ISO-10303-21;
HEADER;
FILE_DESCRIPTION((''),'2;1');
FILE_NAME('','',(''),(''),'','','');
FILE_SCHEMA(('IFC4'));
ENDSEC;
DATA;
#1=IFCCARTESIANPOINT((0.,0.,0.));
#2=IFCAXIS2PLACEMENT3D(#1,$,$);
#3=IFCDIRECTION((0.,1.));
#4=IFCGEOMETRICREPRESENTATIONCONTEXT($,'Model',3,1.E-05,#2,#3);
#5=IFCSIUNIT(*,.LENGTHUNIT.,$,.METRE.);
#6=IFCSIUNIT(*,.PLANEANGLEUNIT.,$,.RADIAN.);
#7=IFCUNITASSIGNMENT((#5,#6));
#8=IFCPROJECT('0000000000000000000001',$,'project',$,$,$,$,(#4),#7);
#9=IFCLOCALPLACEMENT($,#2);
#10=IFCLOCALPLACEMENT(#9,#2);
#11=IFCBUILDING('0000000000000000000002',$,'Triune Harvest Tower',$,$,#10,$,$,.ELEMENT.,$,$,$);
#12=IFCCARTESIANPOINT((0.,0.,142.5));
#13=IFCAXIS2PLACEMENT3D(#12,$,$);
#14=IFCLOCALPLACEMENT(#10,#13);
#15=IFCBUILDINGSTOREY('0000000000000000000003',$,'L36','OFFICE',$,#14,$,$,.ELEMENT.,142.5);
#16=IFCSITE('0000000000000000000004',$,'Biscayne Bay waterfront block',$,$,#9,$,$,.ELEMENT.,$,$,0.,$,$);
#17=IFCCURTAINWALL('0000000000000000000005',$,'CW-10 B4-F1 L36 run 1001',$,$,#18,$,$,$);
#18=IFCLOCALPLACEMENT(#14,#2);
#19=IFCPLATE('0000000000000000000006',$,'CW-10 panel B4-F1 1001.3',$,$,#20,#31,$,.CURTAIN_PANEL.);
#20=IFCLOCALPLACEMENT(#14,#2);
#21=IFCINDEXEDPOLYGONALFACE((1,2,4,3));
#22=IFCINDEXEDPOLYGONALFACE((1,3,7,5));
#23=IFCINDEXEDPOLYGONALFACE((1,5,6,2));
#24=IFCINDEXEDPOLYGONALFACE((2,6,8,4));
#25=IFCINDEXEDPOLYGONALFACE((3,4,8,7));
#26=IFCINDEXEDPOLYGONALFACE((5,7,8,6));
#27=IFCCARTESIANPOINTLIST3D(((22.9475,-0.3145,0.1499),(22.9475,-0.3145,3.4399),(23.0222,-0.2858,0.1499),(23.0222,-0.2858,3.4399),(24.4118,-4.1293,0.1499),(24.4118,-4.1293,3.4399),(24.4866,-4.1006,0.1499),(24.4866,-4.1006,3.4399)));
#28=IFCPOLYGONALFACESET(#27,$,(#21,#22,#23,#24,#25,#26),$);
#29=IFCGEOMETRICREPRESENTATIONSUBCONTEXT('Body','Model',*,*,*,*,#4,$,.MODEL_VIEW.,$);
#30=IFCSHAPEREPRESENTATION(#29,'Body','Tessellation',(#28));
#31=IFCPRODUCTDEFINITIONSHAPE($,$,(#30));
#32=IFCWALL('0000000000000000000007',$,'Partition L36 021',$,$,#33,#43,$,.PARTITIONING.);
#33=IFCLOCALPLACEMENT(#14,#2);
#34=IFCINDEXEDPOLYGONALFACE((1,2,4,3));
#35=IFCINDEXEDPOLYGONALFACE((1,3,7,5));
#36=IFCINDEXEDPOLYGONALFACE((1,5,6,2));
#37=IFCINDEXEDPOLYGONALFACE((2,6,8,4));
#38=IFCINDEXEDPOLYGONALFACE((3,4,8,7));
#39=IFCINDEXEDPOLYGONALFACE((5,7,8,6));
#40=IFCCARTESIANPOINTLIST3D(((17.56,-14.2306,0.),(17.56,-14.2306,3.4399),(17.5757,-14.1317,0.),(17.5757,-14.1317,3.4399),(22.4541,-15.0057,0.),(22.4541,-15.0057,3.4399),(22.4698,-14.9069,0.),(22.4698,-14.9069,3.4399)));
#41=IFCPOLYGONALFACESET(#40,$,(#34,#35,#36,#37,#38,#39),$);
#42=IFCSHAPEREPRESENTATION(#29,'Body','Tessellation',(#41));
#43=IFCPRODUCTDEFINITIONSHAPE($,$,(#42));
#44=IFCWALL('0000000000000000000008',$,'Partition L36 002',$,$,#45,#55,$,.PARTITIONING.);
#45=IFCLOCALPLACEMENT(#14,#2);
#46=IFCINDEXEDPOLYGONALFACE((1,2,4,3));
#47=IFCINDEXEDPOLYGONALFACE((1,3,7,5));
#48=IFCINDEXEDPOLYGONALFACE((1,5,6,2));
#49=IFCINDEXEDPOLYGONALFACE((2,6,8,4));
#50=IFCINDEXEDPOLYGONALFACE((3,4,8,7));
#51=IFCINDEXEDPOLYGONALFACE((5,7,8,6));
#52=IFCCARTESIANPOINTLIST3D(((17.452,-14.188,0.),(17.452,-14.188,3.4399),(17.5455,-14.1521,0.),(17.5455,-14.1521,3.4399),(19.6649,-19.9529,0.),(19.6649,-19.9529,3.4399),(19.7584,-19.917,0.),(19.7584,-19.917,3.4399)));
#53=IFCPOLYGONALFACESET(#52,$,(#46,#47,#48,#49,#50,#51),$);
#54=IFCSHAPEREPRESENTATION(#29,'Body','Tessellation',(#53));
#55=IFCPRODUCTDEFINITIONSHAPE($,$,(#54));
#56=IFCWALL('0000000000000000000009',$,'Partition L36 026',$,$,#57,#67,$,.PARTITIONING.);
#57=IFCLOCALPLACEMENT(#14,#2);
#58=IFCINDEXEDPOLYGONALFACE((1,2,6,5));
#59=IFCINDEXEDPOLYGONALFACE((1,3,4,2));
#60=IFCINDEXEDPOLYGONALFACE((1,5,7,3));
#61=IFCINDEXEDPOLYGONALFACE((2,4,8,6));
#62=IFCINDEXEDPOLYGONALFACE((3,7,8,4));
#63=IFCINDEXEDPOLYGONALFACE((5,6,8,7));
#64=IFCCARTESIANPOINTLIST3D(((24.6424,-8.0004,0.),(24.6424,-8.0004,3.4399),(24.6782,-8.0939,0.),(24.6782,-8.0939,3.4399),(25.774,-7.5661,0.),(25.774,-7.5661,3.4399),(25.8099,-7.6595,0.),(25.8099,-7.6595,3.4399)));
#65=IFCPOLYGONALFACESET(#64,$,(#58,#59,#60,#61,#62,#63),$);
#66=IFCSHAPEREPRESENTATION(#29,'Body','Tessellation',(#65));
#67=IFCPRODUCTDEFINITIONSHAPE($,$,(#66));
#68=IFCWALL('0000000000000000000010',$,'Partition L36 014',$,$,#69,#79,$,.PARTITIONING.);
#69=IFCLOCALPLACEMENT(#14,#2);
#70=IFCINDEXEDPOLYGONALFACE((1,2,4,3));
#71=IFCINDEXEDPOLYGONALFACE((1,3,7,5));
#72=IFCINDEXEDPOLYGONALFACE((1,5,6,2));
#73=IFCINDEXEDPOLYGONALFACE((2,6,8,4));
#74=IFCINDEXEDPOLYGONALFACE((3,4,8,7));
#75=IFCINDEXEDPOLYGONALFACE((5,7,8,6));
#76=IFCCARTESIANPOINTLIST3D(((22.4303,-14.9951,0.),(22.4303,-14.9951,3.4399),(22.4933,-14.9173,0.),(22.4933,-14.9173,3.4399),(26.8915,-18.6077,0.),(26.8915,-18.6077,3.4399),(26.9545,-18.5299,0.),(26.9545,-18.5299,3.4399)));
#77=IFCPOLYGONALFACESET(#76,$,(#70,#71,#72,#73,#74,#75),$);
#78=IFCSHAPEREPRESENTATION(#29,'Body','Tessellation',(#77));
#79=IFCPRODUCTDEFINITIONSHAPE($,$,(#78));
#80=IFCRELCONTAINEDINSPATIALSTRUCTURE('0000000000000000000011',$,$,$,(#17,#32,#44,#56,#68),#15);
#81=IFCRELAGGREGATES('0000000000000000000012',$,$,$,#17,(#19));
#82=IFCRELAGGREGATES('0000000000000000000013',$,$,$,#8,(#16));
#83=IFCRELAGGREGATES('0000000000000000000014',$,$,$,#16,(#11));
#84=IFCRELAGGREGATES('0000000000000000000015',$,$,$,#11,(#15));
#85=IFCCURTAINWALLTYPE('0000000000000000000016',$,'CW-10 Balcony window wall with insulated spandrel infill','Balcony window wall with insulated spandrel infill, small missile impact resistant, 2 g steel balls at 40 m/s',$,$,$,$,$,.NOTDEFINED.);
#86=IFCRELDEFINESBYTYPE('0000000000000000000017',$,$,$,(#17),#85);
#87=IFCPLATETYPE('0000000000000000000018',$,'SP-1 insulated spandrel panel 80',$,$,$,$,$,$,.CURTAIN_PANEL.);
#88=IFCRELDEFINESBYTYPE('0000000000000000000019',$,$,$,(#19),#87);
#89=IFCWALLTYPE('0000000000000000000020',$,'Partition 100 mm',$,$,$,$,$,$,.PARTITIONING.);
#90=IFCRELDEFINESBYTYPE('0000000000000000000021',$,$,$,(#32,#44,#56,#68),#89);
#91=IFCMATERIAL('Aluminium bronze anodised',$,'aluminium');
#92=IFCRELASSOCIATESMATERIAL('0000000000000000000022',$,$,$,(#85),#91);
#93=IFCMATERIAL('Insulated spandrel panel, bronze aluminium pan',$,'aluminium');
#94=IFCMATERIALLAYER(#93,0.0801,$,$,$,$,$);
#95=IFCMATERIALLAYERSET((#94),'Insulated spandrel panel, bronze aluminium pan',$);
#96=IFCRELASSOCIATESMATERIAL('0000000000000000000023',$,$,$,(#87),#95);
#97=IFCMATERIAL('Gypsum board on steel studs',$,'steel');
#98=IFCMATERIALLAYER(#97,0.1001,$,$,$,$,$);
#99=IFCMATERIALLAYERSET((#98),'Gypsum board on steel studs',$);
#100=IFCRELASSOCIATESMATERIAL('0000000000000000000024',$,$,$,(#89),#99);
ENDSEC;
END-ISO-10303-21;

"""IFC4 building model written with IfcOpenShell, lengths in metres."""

from ifc_helpers import new_model, si_unit, direction, frame, frame_2d, origin, origin_2d, place, context, subcontext, project, spatial, rectangle, extrude, source, transform, mapped, material, layer, layer_set, type_object, element, aggregate, save


model = new_model("IFC4")

# Units and contexts
model_context = context("Model", 3, precision=1e-05, world=origin(), true_north=direction((0.0, 1.0)))
body_context = subcontext(model_context, "Body", "Model", "MODEL_VIEW")
ifc_project = project(units=[si_unit("LENGTHUNIT", "METRE"), si_unit("PLANEANGLEUNIT", "RADIAN")], contexts=[model_context])

# Site, building, storey
site_placement = place(None, origin())
site = spatial("IfcSite", under=ifc_project, at=site_placement, Name="Biscayne Bay waterfront block", CompositionType="ELEMENT", RefElevation=0.0)
building_placement = place(site_placement, origin())
building = spatial("IfcBuilding", under=site, at=building_placement, Name="Triune Harvest Tower", CompositionType="ELEMENT")
storey_placement = place(building_placement, frame((0.0, 0.0, 142.5)))
storey = spatial("IfcBuildingStorey", under=building, at=storey_placement, Name="L36", Description="OFFICE", CompositionType="ELEMENT", Elevation=142.5)

# Curtain wall
ifc_material_1 = material(Name="Aluminium bronze anodised", Category="aluminium")
curtain_wall_type_1 = type_object("IfcCurtainWallType", Name="CW-10 Balcony window wall with insulated spandrel infill", Description="Balcony window wall with insulated spandrel infill, small missile impact resistant, 2 g steel balls at 40 m/s", PredefinedType="NOTDEFINED", material=ifc_material_1)
curtain_wall_1_placement = place(storey_placement, origin())
curtain_wall_1 = element("IfcCurtainWall", 1, at=curtain_wall_1_placement, inside=storey, type_object=curtain_wall_type_1, Name="CW-10 B4-F1 L36 run 1001")

# Plate
ifc_material_2 = material(Name="Insulated spandrel panel, bronze aluminium pan", Category="aluminium")
ifc_layer_1 = layer(ifc_material_2, 0.0801)
ifc_layer_set_1 = layer_set([ifc_layer_1], Name="Insulated spandrel panel, bronze aluminium pan")
plate_type_1 = type_object("IfcPlateType", Name="SP-1 insulated spandrel panel 80", PredefinedType="CURTAIN_PANEL", material=ifc_layer_set_1)
shared_shape_1 = source(origin(), body_context, "Body", "SweptSolid", [
    extrude(rectangle(XDim=4.0862, YDim=0.0801, at=origin_2d()), origin(), (0.0, 0.0, 1.0), 3.29),
])
plate_1_placement = place(storey_placement, frame((23.717, -2.2075, 0.1499), z_axis=(0.0, 0.0, 1.0), x_axis=(-0.358371, 0.933579, 0.0)))
plate_1 = element("IfcPlate", 2, at=plate_1_placement, type_object=plate_type_1, Name="CW-10 panel B4-F1 1001.3", PredefinedType="CURTAIN_PANEL", context=body_context, shape_type="MappedRepresentation", body=[
    mapped(shared_shape_1, transform((0.0, 0.0, 0.0), scale=1.0)),
])
aggregate(curtain_wall_1, [plate_1])

# Walls
ifc_material_3 = material(Name="Gypsum board on steel studs", Category="steel")
ifc_layer_2 = layer(ifc_material_3, 0.1001)
ifc_layer_set_2 = layer_set([ifc_layer_2], Name="Gypsum board on steel studs")
wall_type = type_object("IfcWallType", Name="Partition 100 mm", PredefinedType="PARTITIONING", material=ifc_layer_set_2)
wall_1_placement = place(storey_placement, frame((17.5679, -14.1812, 0.0), z_axis=(0.0, 0.0, 1.0), x_axis=(0.987688, -0.156436, 0.0)))
element("IfcWall", 3, at=wall_1_placement, inside=storey, type_object=wall_type, Name="Partition L36 021", PredefinedType="PARTITIONING", context=body_context, shape_type="SweptSolid", body=[
    extrude(rectangle(XDim=4.9551, YDim=0.1001, at=frame_2d((2.4775, 0.0))), origin(), (0.0, 0.0, 1.0), 3.4399),
])
shared_shape_2 = source(origin(), body_context, "Body", "SweptSolid", [
    extrude(rectangle(XDim=6.175, YDim=0.1001, at=frame_2d((3.0874, 0.0))), origin(), (0.0, 0.0, 1.0), 3.4399),
])
wall_2_placement = place(storey_placement, frame((17.4988, -14.1702, 0.0), z_axis=(0.0, 0.0, 1.0), x_axis=(0.358362, -0.933583, 0.0)))
element("IfcWall", 4, at=wall_2_placement, inside=storey, type_object=wall_type, Name="Partition L36 002", PredefinedType="PARTITIONING", context=body_context, shape_type="MappedRepresentation", body=[
    mapped(shared_shape_2, transform((0.0, 0.0, 0.0), scale=1.0)),
])
shared_shape_3 = source(origin(), body_context, "Body", "SweptSolid", [
    extrude(rectangle(XDim=1.2122, YDim=0.1001, at=frame_2d((0.606, 0.0))), origin(), (0.0, 0.0, 1.0), 3.4399),
])
wall_3_placement = place(storey_placement, frame((24.6604, -8.0471, 0.0), z_axis=(0.0, 0.0, 1.0), x_axis=(0.933595, 0.358331, 0.0)))
element("IfcWall", 5, at=wall_3_placement, inside=storey, type_object=wall_type, Name="Partition L36 026", PredefinedType="PARTITIONING", context=body_context, shape_type="MappedRepresentation", body=[
    mapped(shared_shape_3, transform((0.0, 0.0, 0.0), scale=1.0)),
])
shared_shape_4 = source(origin(), body_context, "Body", "SweptSolid", [
    extrude(rectangle(XDim=5.7405, YDim=0.1001, at=frame_2d((2.8701, 0.0))), origin(), (0.0, 0.0, 1.0), 3.4399),
])
wall_4_placement = place(storey_placement, frame((22.4619, -14.9563, 0.0), z_axis=(0.0, 0.0, 1.0), x_axis=(0.77715, -0.629316, 0.0)))
element("IfcWall", 6, at=wall_4_placement, inside=storey, type_object=wall_type, Name="Partition L36 014", PredefinedType="PARTITIONING", context=body_context, shape_type="MappedRepresentation", body=[
    mapped(shared_shape_4, transform((0.0, 0.0, 0.0), scale=1.0)),
])

save(model, "model.ifc")
